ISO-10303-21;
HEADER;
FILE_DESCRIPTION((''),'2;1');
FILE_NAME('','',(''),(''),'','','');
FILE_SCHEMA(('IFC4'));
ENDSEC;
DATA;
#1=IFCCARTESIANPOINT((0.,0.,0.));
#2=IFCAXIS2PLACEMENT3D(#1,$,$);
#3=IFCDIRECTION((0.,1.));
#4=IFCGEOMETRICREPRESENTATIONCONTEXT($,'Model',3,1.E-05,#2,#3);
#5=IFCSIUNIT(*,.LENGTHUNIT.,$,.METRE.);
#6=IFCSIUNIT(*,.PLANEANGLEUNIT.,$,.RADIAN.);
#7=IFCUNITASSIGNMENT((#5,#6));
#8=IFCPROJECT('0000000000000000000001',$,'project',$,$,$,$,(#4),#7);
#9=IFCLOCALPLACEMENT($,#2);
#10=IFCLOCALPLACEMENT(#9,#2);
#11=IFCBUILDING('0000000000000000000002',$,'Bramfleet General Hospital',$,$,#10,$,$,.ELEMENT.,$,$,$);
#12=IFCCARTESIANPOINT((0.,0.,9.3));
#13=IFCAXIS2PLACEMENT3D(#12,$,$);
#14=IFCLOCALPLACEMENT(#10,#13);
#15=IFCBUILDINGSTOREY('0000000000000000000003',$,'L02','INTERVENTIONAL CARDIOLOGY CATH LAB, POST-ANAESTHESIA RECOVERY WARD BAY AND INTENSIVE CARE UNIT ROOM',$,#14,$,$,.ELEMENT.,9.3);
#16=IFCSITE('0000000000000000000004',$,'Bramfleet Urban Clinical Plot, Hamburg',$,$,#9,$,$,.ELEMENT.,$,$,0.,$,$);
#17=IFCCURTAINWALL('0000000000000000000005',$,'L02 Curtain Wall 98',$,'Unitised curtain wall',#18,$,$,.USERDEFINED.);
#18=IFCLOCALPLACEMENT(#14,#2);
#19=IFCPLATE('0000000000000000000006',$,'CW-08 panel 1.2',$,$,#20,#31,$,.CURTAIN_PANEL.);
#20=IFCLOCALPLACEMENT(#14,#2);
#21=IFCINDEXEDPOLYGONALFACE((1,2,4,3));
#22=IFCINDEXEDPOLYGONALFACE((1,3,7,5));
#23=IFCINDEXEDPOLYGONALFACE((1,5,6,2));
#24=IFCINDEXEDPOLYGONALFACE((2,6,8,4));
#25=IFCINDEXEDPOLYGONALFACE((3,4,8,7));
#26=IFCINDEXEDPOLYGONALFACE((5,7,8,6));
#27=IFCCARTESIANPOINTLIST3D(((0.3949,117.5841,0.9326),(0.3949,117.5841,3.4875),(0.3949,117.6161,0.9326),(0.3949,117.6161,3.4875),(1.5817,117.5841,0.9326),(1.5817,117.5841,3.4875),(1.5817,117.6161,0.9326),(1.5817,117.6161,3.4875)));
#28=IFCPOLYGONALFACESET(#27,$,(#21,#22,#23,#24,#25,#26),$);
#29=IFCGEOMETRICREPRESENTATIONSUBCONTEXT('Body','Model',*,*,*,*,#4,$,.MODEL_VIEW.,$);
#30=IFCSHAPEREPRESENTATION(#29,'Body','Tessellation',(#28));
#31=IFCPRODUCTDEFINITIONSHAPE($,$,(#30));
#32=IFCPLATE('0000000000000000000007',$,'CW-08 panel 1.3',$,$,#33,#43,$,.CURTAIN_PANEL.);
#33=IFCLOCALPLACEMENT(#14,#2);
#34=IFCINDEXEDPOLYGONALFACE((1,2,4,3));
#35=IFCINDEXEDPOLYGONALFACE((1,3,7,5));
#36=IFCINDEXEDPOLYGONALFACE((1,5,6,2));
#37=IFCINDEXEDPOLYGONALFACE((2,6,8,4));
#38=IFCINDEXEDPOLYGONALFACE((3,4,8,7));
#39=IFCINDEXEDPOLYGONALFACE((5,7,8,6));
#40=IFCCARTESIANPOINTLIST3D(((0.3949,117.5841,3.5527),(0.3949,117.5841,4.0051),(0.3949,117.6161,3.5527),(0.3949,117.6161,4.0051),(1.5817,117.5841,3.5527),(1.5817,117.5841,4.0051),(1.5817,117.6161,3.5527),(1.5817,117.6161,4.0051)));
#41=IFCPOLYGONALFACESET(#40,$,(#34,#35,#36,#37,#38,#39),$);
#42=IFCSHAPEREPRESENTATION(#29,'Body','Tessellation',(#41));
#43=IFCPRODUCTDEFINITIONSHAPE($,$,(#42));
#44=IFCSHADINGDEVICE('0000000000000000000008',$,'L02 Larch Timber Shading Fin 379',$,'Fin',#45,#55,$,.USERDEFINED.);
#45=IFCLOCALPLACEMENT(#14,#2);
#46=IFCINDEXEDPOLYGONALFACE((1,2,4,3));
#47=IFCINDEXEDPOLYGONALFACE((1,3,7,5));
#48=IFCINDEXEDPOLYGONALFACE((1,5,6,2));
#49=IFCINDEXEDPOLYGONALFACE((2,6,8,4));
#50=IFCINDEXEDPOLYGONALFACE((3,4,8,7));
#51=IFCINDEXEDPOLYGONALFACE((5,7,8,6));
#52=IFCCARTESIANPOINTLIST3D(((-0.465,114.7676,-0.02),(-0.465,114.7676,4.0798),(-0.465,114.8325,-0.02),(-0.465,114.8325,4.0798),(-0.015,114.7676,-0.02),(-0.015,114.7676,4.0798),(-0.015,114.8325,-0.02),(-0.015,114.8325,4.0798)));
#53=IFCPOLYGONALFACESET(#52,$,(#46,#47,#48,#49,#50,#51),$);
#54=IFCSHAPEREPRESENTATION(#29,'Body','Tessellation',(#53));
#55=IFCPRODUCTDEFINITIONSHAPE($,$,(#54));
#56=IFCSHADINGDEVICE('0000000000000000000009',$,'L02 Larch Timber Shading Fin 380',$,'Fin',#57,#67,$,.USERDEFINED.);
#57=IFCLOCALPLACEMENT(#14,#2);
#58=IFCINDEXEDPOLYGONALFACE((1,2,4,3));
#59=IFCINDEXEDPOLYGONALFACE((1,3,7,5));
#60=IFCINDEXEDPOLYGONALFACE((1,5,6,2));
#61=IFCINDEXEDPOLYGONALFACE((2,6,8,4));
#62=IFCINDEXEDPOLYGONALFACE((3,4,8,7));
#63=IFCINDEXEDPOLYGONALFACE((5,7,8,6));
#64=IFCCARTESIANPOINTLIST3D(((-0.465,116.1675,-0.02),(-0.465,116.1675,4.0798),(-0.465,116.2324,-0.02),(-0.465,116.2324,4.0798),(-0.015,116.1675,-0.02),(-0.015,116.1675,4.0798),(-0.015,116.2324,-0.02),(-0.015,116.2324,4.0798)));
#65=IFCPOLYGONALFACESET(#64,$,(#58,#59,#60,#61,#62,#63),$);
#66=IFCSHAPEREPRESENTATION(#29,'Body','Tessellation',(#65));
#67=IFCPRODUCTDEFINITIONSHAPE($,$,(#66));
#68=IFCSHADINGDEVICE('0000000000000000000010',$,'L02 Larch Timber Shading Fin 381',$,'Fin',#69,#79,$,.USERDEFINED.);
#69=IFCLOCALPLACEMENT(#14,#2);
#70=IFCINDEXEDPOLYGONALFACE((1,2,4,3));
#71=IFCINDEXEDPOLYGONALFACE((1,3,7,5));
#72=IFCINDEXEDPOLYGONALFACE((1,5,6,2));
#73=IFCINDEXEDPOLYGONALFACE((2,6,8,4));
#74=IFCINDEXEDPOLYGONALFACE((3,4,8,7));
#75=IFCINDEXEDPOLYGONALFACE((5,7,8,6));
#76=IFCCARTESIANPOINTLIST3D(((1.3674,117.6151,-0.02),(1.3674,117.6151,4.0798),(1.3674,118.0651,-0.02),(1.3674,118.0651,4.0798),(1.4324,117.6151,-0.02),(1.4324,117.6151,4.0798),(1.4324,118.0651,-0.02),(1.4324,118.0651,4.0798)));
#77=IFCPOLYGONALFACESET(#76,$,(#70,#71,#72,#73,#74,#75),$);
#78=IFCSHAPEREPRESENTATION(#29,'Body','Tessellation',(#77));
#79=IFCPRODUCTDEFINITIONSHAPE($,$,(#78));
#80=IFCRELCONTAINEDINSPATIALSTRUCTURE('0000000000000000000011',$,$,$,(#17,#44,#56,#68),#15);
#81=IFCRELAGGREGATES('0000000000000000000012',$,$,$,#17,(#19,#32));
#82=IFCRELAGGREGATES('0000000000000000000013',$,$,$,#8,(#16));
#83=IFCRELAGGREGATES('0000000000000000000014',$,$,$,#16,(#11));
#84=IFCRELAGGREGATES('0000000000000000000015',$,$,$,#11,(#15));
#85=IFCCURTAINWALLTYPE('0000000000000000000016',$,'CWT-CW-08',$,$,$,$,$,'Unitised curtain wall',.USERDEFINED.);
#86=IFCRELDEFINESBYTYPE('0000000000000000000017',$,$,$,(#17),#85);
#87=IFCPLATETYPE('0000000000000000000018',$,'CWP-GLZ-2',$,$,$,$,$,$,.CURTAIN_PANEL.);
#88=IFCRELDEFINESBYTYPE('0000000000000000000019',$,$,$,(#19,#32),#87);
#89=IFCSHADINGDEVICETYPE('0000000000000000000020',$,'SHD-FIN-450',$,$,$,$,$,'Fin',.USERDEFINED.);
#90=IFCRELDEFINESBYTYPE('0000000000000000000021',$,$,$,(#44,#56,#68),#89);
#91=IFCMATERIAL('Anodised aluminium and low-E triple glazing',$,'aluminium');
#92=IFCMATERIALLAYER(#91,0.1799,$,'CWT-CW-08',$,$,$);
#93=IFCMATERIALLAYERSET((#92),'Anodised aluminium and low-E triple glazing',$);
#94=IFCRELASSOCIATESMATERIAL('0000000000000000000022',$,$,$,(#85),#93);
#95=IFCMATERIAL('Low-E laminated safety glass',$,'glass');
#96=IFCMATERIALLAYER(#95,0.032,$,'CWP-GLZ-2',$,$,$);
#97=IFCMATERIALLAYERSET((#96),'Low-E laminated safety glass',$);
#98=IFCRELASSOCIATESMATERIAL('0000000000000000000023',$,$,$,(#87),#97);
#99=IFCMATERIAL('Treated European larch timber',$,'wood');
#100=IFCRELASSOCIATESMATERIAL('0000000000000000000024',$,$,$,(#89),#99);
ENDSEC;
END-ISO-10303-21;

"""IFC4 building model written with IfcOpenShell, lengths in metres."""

from ifc_helpers import new_model, si_unit, direction, frame, origin, origin_2d, place, context, subcontext, project, spatial, rectangle, extrude, material, layer, layer_set, material_profile, profile_set, type_object, element, aggregate, save


model = new_model("IFC4")

# Units and contexts
model_context = context("Model", 3, precision=1e-05, world=origin(), true_north=direction((0.0, 1.0)))
body_context = subcontext(model_context, "Body", "Model", "MODEL_VIEW")
ifc_project = project(units=[si_unit("LENGTHUNIT", "METRE"), si_unit("PLANEANGLEUNIT", "RADIAN")], contexts=[model_context])

# Site, building, storey
site_placement = place(None, origin())
site = spatial("IfcSite", under=ifc_project, at=site_placement, Name="Bramfleet Urban Clinical Plot, Hamburg", CompositionType="ELEMENT", RefElevation=0.0)
building_placement = place(site_placement, origin())
building = spatial("IfcBuilding", under=site, at=building_placement, Name="Bramfleet General Hospital", CompositionType="ELEMENT")
storey_placement = place(building_placement, frame((0.0, 0.0, 9.3)))
storey = spatial("IfcBuildingStorey", under=building, at=storey_placement, Name="L02", Description="INTERVENTIONAL CARDIOLOGY CATH LAB, POST-ANAESTHESIA RECOVERY WARD BAY AND INTENSIVE CARE UNIT ROOM", CompositionType="ELEMENT", Elevation=9.3)

# Shared definitions
ifc_material_1 = material(Name="Anodised aluminium and low-E triple glazing", Category="aluminium")

# Curtain wall
ifc_layer_1 = layer(ifc_material_1, 0.1799, Name="CWT-CW-08")
ifc_layer_set_1 = layer_set([ifc_layer_1], Name="Anodised aluminium and low-E triple glazing")
curtain_wall_type_1 = type_object("IfcCurtainWallType", Name="CWT-CW-08", ElementType="Unitised curtain wall", PredefinedType="USERDEFINED", material=ifc_layer_set_1)
curtain_wall_1_placement = place(storey_placement, origin())
curtain_wall_1 = element("IfcCurtainWall", 1, at=curtain_wall_1_placement, inside=storey, type_object=curtain_wall_type_1, Name="L02 Curtain Wall 98", ObjectType="Unitised curtain wall", PredefinedType="USERDEFINED")

# Plates
ifc_material_2 = material(Name="Low-E laminated safety glass", Category="glass")
ifc_layer_2 = layer(ifc_material_2, 0.032, Name="CWP-GLZ-2")
ifc_layer_set_2 = layer_set([ifc_layer_2], Name="Low-E laminated safety glass")
plate_type_1 = type_object("IfcPlateType", Name="CWP-GLZ-2", PredefinedType="CURTAIN_PANEL", material=ifc_layer_set_2)
plate_1_placement = place(storey_placement, frame((0.9883, 117.6001, 0.9326), z_axis=(0.0, 0.0, 1.0), x_axis=(1.0, 0.0, 0.0)))
plate_1 = element("IfcPlate", 2, at=plate_1_placement, type_object=plate_type_1, Name="CW-08 panel 1.2", PredefinedType="CURTAIN_PANEL", context=body_context, shape_type="SweptSolid", body=[
    extrude(rectangle(XDim=1.1868, YDim=0.032, at=origin_2d()), origin(), (0.0, 0.0, 1.0), 2.5549),
])
plate_2_placement = place(storey_placement, frame((0.9883, 117.6001, 3.5527), z_axis=(0.0, 0.0, 1.0), x_axis=(1.0, 0.0, 0.0)))
plate_2 = element("IfcPlate", 3, at=plate_2_placement, type_object=plate_type_1, Name="CW-08 panel 1.3", PredefinedType="CURTAIN_PANEL", context=body_context, shape_type="SweptSolid", body=[
    extrude(rectangle(XDim=1.1868, YDim=0.032, at=origin_2d()), origin(), (0.0, 0.0, 1.0), 0.4524),
])
aggregate(curtain_wall_1, [plate_1, plate_2])

# Shading devices
ifc_material_3 = material(Name="Treated European larch timber", Category="wood")
ifc_material_profile_1 = material_profile(ifc_material_3, rectangle(XDim=0.0649, YDim=0.45, at=origin_2d()), Name="LARCH FIN 450x65")
ifc_profile_set_1 = profile_set([ifc_material_profile_1], Name="Treated European larch timber")
shading_device_type = type_object("IfcShadingDeviceType", Name="SHD-FIN-450", ElementType="Fin", PredefinedType="USERDEFINED", material=ifc_profile_set_1)
for number, where, z_axis, x_axis, name in (
    (4, (-0.24, 114.8, -0.02), (0.0, 0.0, 1.0), (0.0, 1.0, 0.0), "L02 Larch Timber Shading Fin 379"),
    (5, (-0.24, 116.2, -0.02), (0.0, 0.0, 1.0), (0.0, 1.0, 0.0), "L02 Larch Timber Shading Fin 380"),
    (6, (1.3999, 117.8401, -0.02), (0.0, 0.0, 1.0), (1.0, 0.0, 0.0), "L02 Larch Timber Shading Fin 381"),
):
    element("IfcShadingDevice", number, at=place(storey_placement, frame(where, z_axis=z_axis, x_axis=x_axis)), inside=storey, type_object=shading_device_type, Name=name, ObjectType="Fin", PredefinedType="USERDEFINED", context=body_context, shape_type="SweptSolid", body=[
        extrude(rectangle(XDim=0.0649, YDim=0.45, at=origin_2d()), origin(), (0.0, 0.0, 1.0), 4.0999),
    ])

save(model, "model.ifc")
